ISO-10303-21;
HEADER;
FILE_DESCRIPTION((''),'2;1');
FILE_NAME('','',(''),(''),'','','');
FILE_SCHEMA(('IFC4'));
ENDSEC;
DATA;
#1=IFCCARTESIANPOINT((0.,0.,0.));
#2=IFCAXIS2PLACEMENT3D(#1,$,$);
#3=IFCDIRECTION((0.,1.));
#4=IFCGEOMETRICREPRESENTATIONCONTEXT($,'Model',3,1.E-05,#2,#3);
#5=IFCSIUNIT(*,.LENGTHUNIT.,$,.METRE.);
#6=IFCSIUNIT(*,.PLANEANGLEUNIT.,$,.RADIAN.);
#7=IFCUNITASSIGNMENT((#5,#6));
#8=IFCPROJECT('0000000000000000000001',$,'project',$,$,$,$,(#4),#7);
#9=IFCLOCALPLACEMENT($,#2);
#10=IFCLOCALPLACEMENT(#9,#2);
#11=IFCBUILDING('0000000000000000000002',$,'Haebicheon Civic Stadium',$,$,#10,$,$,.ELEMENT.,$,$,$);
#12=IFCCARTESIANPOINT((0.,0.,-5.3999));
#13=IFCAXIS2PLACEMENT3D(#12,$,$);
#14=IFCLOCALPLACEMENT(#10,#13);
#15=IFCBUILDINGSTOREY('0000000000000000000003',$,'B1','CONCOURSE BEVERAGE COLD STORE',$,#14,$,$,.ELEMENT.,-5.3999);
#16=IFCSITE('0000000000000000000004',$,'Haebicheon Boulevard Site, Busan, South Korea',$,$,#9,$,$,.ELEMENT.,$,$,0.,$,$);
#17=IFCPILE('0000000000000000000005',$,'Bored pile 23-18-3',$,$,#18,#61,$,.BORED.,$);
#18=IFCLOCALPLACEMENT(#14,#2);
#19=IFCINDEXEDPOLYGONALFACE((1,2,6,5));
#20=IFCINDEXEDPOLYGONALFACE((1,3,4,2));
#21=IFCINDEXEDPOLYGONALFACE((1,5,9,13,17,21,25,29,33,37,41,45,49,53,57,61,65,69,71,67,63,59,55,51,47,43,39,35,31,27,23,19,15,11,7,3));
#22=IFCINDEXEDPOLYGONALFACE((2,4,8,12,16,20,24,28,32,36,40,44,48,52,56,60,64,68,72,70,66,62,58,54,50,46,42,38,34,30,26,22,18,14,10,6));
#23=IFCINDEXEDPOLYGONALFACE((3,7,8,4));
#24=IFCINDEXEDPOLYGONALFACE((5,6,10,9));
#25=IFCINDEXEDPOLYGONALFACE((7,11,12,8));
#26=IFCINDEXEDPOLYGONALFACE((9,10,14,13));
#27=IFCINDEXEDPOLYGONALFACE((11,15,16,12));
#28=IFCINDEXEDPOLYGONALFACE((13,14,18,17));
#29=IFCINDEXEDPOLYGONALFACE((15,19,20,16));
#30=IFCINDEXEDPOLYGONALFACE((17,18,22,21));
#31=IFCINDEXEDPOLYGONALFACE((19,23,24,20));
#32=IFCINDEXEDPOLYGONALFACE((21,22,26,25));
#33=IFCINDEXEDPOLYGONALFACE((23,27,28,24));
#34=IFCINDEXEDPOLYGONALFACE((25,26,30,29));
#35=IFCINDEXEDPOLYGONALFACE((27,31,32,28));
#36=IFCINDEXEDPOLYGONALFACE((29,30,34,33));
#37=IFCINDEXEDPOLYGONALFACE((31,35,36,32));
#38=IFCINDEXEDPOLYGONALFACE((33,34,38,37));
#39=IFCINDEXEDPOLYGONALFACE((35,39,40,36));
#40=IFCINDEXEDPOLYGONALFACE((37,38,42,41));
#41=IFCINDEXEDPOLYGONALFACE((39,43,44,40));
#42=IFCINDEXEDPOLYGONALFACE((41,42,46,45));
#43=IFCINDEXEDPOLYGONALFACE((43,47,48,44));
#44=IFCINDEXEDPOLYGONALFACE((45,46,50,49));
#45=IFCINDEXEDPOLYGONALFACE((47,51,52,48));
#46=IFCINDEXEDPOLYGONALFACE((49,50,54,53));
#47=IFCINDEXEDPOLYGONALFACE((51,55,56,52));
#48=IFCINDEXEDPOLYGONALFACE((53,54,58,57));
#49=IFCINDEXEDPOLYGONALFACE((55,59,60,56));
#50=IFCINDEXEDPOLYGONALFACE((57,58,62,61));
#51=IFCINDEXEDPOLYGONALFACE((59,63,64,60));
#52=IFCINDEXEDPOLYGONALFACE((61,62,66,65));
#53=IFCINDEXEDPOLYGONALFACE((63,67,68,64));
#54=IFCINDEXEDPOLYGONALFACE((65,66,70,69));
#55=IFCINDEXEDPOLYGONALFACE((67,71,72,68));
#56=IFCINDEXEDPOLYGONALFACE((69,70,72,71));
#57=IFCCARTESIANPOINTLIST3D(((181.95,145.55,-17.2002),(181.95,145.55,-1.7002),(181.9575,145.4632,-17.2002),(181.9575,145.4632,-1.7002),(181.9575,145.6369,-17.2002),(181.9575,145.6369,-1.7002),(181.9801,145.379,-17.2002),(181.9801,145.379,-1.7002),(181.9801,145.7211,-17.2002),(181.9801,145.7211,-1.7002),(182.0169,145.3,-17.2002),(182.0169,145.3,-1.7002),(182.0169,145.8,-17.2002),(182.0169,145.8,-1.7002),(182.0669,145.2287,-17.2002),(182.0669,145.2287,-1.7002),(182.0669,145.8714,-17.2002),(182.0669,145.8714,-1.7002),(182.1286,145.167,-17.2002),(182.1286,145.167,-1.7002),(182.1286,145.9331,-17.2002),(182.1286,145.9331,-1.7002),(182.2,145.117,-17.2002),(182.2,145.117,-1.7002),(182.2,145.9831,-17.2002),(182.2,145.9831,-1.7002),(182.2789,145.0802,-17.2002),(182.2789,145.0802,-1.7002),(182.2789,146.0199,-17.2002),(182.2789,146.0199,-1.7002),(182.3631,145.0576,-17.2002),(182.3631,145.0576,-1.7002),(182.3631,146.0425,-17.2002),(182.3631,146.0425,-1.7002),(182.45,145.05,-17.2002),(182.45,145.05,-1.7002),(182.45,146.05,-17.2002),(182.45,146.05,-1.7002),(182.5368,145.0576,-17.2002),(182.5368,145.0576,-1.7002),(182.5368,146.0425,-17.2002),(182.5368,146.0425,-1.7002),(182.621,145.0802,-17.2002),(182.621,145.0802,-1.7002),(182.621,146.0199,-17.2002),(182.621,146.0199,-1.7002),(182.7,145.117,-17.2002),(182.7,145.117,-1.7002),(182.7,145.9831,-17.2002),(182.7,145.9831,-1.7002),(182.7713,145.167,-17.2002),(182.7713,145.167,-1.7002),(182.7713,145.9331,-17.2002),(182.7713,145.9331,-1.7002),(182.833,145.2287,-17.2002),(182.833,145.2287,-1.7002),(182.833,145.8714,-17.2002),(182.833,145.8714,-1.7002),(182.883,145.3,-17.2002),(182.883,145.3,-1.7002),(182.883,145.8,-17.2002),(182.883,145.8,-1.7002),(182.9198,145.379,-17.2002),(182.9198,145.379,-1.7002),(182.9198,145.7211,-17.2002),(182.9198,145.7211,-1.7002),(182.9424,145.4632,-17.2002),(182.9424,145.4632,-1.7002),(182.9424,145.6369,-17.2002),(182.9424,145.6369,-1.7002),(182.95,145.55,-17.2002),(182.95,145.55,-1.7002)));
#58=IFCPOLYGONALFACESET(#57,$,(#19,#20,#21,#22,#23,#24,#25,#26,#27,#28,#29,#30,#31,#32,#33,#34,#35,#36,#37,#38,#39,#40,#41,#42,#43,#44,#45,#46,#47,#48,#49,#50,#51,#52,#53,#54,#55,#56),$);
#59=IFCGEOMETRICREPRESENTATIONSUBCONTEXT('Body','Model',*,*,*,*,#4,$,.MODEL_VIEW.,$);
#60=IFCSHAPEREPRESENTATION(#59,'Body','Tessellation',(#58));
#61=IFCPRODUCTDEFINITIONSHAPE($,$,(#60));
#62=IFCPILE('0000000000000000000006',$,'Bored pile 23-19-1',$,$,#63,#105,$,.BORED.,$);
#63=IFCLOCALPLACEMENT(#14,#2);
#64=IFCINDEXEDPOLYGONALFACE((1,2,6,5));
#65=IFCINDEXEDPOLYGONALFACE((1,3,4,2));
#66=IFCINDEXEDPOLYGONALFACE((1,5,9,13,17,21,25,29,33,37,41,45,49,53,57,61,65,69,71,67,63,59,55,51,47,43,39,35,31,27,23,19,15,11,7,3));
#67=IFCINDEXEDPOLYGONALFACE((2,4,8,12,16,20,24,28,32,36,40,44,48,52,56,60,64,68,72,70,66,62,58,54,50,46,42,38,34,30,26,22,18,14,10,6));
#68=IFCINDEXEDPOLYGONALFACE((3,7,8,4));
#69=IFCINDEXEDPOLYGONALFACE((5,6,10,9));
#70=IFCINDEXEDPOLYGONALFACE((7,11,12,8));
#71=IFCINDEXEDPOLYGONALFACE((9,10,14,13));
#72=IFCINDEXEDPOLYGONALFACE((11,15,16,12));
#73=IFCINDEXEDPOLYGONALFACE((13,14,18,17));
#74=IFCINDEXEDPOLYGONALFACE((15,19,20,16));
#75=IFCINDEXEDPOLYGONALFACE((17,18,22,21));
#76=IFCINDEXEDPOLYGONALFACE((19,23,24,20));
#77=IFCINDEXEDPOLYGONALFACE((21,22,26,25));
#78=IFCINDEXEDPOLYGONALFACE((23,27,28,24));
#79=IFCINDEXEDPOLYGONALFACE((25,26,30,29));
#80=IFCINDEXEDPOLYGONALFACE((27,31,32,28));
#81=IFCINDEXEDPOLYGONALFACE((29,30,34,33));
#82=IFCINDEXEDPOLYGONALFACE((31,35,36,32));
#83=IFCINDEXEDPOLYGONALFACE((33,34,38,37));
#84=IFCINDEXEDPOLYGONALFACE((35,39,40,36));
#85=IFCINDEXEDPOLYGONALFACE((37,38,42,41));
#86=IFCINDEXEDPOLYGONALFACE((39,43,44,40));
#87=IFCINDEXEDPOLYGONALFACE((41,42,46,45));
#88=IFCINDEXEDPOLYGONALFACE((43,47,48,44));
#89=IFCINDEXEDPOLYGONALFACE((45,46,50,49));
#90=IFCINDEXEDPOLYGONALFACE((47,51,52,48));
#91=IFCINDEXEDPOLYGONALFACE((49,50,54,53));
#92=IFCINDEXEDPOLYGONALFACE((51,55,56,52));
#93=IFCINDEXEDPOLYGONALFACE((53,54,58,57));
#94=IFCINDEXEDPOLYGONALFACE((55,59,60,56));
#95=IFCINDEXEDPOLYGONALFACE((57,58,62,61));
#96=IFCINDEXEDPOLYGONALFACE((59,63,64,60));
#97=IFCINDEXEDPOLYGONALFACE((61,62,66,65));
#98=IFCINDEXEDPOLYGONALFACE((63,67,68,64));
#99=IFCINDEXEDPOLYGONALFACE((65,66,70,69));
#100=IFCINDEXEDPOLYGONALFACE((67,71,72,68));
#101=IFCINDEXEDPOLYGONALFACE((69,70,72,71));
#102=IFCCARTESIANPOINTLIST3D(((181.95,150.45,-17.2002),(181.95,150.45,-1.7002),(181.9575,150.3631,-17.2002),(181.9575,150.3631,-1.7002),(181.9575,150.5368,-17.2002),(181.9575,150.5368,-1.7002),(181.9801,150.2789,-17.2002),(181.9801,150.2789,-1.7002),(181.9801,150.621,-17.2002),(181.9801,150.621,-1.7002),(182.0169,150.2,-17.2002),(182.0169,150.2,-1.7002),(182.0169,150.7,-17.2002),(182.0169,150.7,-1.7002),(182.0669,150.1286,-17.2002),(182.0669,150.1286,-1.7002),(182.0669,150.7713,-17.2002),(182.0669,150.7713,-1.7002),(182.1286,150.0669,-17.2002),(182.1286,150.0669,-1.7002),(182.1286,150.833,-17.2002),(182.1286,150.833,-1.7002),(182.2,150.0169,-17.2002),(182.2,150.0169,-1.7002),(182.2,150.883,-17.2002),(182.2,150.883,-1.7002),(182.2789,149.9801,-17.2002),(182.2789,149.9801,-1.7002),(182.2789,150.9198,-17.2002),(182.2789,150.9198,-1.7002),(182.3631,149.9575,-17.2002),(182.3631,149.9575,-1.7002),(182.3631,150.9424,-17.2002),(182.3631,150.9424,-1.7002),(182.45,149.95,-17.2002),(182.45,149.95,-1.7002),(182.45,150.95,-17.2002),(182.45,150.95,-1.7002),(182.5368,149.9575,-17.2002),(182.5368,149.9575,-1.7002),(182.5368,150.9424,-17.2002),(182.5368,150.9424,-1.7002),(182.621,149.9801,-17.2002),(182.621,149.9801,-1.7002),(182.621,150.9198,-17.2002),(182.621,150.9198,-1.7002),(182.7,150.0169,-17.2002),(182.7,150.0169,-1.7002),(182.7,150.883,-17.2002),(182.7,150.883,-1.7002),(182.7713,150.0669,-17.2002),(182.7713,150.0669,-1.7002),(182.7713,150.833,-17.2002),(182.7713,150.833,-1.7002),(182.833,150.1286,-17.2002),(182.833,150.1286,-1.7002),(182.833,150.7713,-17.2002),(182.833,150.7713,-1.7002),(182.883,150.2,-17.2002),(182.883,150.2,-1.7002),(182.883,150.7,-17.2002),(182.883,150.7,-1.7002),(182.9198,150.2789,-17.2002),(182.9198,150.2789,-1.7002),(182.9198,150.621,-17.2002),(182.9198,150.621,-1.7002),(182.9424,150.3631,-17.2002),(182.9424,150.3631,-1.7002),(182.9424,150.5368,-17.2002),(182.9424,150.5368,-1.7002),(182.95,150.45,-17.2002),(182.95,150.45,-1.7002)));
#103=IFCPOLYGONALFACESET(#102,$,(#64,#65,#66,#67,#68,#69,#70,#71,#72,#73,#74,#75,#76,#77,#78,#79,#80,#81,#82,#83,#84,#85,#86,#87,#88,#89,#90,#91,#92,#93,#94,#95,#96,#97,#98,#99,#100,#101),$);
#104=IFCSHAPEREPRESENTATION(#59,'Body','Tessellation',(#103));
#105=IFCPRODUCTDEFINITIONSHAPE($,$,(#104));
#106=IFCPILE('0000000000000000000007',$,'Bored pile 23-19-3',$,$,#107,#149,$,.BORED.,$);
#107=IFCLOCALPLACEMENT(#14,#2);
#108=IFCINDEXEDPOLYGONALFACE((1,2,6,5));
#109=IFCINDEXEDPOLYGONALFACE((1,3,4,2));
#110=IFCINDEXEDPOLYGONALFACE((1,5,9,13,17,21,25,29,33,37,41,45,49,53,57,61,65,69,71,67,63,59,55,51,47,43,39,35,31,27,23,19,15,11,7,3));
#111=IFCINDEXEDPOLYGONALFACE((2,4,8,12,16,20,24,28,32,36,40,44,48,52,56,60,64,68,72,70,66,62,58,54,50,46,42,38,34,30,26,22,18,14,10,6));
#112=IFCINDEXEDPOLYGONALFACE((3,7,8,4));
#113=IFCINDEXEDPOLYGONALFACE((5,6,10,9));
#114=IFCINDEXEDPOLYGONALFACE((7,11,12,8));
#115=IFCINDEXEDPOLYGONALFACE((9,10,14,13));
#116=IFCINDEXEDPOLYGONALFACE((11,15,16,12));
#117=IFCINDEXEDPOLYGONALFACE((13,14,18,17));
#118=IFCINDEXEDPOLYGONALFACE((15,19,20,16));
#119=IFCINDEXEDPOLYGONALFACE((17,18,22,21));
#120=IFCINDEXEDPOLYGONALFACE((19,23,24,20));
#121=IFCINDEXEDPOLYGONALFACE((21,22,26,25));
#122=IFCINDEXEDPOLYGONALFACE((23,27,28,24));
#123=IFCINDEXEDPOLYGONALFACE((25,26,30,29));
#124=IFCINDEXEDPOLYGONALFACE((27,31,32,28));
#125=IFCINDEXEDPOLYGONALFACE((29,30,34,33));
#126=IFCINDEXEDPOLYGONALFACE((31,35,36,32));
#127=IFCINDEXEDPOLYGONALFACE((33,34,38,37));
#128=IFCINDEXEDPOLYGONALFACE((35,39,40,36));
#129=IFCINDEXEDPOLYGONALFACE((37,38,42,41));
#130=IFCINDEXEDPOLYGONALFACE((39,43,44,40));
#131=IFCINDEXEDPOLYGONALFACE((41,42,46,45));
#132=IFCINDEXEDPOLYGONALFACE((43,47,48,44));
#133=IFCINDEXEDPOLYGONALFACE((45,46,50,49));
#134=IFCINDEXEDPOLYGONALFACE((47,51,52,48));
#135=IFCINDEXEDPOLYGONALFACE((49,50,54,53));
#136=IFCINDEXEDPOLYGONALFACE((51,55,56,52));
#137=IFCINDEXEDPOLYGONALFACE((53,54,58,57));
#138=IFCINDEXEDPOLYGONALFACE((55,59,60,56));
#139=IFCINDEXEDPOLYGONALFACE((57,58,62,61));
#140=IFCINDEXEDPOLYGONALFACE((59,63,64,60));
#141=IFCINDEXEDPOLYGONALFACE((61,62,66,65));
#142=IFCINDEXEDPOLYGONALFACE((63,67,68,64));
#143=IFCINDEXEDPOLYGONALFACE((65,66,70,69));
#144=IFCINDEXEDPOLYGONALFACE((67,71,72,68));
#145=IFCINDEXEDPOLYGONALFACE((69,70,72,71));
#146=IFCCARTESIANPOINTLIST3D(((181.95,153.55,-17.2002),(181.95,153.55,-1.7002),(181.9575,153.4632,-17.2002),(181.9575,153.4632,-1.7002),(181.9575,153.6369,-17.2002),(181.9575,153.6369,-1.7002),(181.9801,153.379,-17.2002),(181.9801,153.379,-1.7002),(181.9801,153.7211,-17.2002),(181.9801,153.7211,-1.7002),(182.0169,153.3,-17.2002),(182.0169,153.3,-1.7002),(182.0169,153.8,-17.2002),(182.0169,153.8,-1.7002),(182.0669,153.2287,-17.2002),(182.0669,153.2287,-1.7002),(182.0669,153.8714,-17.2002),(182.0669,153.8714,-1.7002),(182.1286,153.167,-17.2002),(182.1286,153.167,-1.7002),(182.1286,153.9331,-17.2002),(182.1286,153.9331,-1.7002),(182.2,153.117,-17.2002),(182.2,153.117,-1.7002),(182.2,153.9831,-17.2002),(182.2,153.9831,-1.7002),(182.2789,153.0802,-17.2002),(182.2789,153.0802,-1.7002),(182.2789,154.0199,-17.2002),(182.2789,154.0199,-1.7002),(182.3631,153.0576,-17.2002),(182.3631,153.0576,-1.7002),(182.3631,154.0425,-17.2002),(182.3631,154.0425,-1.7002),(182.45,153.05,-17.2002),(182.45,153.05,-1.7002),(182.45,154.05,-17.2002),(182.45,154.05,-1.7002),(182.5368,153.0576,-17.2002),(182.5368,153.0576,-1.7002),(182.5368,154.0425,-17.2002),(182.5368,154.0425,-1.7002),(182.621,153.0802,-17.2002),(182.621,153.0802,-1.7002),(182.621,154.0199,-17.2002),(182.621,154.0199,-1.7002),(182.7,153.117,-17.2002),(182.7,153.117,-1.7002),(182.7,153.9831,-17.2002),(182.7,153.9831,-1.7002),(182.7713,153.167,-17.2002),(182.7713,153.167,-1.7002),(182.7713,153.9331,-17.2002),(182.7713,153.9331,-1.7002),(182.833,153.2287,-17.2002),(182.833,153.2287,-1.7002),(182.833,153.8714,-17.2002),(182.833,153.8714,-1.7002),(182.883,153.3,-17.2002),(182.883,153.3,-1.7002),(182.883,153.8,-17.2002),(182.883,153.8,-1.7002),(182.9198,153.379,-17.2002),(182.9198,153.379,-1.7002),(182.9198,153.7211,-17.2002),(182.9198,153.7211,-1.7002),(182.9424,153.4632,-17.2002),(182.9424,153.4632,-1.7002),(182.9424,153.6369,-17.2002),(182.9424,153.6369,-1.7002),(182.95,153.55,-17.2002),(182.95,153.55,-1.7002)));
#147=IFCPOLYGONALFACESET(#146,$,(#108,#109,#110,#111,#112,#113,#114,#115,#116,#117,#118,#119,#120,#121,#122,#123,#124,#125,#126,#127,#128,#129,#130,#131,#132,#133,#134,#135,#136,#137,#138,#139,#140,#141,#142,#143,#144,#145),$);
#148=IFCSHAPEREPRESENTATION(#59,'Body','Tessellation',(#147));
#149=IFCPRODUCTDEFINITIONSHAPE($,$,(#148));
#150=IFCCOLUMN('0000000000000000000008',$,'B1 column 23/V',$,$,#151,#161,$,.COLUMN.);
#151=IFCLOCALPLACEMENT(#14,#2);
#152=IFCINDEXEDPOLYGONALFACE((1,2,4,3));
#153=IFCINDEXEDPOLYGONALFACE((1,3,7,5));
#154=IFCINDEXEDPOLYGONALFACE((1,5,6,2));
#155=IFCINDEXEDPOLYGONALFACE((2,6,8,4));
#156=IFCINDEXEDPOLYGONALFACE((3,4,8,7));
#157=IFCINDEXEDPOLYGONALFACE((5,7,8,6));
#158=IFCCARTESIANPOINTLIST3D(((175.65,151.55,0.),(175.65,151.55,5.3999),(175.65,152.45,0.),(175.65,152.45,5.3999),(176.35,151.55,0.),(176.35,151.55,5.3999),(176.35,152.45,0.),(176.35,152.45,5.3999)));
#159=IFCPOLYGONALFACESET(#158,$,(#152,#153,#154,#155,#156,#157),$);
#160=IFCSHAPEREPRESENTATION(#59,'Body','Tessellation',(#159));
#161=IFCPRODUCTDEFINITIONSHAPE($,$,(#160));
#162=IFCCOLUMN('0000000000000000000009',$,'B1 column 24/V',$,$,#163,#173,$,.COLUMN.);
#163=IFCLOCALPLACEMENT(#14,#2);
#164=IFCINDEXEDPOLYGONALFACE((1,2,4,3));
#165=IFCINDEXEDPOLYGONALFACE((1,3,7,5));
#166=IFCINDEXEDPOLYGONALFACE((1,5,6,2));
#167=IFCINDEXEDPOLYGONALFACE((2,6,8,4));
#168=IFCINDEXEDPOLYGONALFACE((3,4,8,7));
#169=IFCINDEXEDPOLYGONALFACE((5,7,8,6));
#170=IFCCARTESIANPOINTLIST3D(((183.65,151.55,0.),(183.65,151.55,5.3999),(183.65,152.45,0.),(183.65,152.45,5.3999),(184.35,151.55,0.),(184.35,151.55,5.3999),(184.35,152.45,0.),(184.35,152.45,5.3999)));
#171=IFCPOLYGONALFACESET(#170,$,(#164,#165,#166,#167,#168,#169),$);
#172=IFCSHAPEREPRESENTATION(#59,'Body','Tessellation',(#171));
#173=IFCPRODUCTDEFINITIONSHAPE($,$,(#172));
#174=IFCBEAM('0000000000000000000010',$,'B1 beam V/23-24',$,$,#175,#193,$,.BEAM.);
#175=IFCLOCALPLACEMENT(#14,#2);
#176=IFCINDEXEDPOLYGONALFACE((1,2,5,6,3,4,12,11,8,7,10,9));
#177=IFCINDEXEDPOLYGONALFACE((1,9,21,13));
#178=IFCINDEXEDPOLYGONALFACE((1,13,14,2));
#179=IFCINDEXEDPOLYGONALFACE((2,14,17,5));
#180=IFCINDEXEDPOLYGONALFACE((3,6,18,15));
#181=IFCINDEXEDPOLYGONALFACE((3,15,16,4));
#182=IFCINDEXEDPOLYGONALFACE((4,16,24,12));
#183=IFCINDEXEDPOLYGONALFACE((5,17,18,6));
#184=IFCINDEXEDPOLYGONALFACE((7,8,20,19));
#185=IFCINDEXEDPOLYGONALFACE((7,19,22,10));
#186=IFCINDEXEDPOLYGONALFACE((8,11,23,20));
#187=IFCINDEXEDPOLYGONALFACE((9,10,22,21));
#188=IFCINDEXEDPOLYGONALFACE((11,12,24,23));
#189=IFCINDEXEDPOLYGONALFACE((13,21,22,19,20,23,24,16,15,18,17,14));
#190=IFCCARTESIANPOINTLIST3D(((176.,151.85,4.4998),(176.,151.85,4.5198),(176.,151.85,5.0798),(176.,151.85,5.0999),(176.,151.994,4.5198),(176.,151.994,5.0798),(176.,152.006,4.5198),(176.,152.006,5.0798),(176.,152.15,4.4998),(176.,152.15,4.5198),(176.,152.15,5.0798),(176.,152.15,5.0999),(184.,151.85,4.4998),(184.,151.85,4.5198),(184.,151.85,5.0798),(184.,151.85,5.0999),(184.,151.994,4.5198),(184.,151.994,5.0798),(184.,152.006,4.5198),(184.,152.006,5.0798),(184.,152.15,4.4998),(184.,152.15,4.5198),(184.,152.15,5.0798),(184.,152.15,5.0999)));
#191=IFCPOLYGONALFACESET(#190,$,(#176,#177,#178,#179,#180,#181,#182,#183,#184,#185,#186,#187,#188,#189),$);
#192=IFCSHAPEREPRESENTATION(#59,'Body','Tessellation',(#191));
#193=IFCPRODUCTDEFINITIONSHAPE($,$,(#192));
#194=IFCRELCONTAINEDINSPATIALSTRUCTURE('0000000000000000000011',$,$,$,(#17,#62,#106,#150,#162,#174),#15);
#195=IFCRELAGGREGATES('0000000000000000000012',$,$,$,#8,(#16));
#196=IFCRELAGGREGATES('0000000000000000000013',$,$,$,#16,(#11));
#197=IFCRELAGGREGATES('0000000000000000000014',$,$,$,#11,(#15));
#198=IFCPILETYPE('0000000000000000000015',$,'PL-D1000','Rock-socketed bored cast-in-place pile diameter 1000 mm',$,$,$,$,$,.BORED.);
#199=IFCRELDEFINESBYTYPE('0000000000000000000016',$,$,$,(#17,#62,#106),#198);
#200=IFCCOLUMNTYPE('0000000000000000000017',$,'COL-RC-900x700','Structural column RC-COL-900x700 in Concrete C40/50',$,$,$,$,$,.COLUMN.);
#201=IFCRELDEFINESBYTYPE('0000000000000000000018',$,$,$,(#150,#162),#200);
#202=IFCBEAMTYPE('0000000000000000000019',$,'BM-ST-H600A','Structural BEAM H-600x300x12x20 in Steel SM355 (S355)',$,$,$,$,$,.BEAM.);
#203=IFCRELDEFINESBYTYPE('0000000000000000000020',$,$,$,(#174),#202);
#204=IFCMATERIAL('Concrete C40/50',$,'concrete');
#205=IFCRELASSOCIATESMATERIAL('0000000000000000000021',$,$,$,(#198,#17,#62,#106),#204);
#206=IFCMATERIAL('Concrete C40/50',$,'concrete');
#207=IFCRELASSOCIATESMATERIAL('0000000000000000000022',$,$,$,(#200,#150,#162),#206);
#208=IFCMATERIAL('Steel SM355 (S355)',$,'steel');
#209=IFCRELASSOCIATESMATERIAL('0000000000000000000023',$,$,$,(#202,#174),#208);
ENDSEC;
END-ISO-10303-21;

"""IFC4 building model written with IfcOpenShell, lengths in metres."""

from ifc_helpers import new_model, si_unit, direction, frame, origin, origin_2d, place, context, subcontext, project, spatial, rectangle, circle, i_section, extrude, material, material_profile, profile_set, type_object, element, save


model = new_model("IFC4")

# Units and contexts
model_context = context("Model", 3, precision=1e-05, world=origin(), true_north=direction((0.0, 1.0)))
body_context = subcontext(model_context, "Body", "Model", "MODEL_VIEW")
ifc_project = project(units=[si_unit("LENGTHUNIT", "METRE"), si_unit("PLANEANGLEUNIT", "RADIAN")], contexts=[model_context])

# Site, building, storey
site_placement = place(None, origin())
site = spatial("IfcSite", under=ifc_project, at=site_placement, Name="Haebicheon Boulevard Site, Busan, South Korea", CompositionType="ELEMENT", RefElevation=0.0)
building_placement = place(site_placement, origin())
building = spatial("IfcBuilding", under=site, at=building_placement, Name="Haebicheon Civic Stadium", CompositionType="ELEMENT")
storey_placement = place(building_placement, frame((0.0, 0.0, -5.3999)))
storey = spatial("IfcBuildingStorey", under=building, at=storey_placement, Name="B1", Description="CONCOURSE BEVERAGE COLD STORE", CompositionType="ELEMENT", Elevation=-5.3999)

# Piles
ifc_material_1 = material(Name="Concrete C40/50", Category="concrete")
ifc_material_profile_1 = material_profile(ifc_material_1, circle(Radius=0.5, at=origin_2d()), Name="PILE-D1000")
ifc_profile_set_1 = profile_set([ifc_material_profile_1], Name="Concrete C40/50")
pile_type = type_object("IfcPileType", Name="PL-D1000", Description="Rock-socketed bored cast-in-place pile diameter 1000 mm", PredefinedType="BORED", material=ifc_profile_set_1)
for number, where, z_axis, x_axis, name in (
    (1, (182.45, 145.55, -1.7002), (0.0, 0.0, -1.0), (1.0, 0.0, 0.0), "Bored pile 23-18-3"),
    (2, (182.45, 150.45, -1.7002), (0.0, 0.0, -1.0), (1.0, 0.0, 0.0), "Bored pile 23-19-1"),
    (3, (182.45, 153.55, -1.7002), (0.0, 0.0, -1.0), (1.0, 0.0, 0.0), "Bored pile 23-19-3"),
):
    element("IfcPile", number, at=place(storey_placement, frame(where, z_axis=z_axis, x_axis=x_axis)), inside=storey, type_object=pile_type, material=ifc_profile_set_1, Name=name, PredefinedType="BORED", context=body_context, shape_type="SweptSolid", body=[
        extrude(circle(Radius=0.5, at=origin_2d()), origin(), (0.0, 0.0, 1.0), 15.5),
    ])

# Columns
ifc_material_2 = material(Name="Concrete C40/50", Category="concrete")
ifc_material_profile_2 = material_profile(ifc_material_2, rectangle(XDim=0.7, YDim=0.8999, at=origin_2d()), Name="RC-COL-900x700")
ifc_profile_set_2 = profile_set([ifc_material_profile_2], Name="Concrete C40/50")
column_type = type_object("IfcColumnType", Name="COL-RC-900x700", Description="Structural column RC-COL-900x700 in Concrete C40/50", PredefinedType="COLUMN", material=ifc_profile_set_2)
for number, where, z_axis, x_axis, name in (
    (4, (176.0, 152.0, 0.0), (0.0, 0.0, 1.0), (1.0, 0.0, 0.0), "B1 column 23/V"),
    (5, (184.0, 152.0, 0.0), (0.0, 0.0, 1.0), (1.0, 0.0, 0.0), "B1 column 24/V"),
):
    element("IfcColumn", number, at=place(storey_placement, frame(where, z_axis=z_axis, x_axis=x_axis)), inside=storey, type_object=column_type, material=ifc_profile_set_2, Name=name, PredefinedType="COLUMN", context=body_context, shape_type="SweptSolid", body=[
        extrude(rectangle(XDim=0.7, YDim=0.8999, at=origin_2d()), origin(), (0.0, 0.0, 1.0), 5.3999),
    ])

# Beam
ifc_material_3 = material(Name="Steel SM355 (S355)", Category="steel")
ifc_material_profile_3 = material_profile(ifc_material_3, i_section(OverallWidth=0.3, OverallDepth=0.6001, WebThickness=0.012, FlangeThickness=0.02, at=origin_2d()), Name="H-600x300x12x20")
ifc_profile_set_3 = profile_set([ifc_material_profile_3], Name="Steel SM355 (S355)")
beam_type_1 = type_object("IfcBeamType", Name="BM-ST-H600A", Description="Structural BEAM H-600x300x12x20 in Steel SM355 (S355)", PredefinedType="BEAM", material=ifc_profile_set_3)
for number, where, z_axis, x_axis, name in (
    (6, (176.0, 152.0, 4.7998), (1.0, 0.0, 0.0), (0.0, 1.0, 0.0), "B1 beam V/23-24"),
):
    element("IfcBeam", number, at=place(storey_placement, frame(where, z_axis=z_axis, x_axis=x_axis)), inside=storey, type_object=beam_type_1, material=ifc_profile_set_3, Name=name, PredefinedType="BEAM", context=body_context, shape_type="SweptSolid", body=[
        extrude(i_section(OverallWidth=0.3, OverallDepth=0.6001, WebThickness=0.012, FlangeThickness=0.02, at=origin_2d()), origin(), (0.0, 0.0, 1.0), 8.0),
    ])

save(model, "model.ifc")
